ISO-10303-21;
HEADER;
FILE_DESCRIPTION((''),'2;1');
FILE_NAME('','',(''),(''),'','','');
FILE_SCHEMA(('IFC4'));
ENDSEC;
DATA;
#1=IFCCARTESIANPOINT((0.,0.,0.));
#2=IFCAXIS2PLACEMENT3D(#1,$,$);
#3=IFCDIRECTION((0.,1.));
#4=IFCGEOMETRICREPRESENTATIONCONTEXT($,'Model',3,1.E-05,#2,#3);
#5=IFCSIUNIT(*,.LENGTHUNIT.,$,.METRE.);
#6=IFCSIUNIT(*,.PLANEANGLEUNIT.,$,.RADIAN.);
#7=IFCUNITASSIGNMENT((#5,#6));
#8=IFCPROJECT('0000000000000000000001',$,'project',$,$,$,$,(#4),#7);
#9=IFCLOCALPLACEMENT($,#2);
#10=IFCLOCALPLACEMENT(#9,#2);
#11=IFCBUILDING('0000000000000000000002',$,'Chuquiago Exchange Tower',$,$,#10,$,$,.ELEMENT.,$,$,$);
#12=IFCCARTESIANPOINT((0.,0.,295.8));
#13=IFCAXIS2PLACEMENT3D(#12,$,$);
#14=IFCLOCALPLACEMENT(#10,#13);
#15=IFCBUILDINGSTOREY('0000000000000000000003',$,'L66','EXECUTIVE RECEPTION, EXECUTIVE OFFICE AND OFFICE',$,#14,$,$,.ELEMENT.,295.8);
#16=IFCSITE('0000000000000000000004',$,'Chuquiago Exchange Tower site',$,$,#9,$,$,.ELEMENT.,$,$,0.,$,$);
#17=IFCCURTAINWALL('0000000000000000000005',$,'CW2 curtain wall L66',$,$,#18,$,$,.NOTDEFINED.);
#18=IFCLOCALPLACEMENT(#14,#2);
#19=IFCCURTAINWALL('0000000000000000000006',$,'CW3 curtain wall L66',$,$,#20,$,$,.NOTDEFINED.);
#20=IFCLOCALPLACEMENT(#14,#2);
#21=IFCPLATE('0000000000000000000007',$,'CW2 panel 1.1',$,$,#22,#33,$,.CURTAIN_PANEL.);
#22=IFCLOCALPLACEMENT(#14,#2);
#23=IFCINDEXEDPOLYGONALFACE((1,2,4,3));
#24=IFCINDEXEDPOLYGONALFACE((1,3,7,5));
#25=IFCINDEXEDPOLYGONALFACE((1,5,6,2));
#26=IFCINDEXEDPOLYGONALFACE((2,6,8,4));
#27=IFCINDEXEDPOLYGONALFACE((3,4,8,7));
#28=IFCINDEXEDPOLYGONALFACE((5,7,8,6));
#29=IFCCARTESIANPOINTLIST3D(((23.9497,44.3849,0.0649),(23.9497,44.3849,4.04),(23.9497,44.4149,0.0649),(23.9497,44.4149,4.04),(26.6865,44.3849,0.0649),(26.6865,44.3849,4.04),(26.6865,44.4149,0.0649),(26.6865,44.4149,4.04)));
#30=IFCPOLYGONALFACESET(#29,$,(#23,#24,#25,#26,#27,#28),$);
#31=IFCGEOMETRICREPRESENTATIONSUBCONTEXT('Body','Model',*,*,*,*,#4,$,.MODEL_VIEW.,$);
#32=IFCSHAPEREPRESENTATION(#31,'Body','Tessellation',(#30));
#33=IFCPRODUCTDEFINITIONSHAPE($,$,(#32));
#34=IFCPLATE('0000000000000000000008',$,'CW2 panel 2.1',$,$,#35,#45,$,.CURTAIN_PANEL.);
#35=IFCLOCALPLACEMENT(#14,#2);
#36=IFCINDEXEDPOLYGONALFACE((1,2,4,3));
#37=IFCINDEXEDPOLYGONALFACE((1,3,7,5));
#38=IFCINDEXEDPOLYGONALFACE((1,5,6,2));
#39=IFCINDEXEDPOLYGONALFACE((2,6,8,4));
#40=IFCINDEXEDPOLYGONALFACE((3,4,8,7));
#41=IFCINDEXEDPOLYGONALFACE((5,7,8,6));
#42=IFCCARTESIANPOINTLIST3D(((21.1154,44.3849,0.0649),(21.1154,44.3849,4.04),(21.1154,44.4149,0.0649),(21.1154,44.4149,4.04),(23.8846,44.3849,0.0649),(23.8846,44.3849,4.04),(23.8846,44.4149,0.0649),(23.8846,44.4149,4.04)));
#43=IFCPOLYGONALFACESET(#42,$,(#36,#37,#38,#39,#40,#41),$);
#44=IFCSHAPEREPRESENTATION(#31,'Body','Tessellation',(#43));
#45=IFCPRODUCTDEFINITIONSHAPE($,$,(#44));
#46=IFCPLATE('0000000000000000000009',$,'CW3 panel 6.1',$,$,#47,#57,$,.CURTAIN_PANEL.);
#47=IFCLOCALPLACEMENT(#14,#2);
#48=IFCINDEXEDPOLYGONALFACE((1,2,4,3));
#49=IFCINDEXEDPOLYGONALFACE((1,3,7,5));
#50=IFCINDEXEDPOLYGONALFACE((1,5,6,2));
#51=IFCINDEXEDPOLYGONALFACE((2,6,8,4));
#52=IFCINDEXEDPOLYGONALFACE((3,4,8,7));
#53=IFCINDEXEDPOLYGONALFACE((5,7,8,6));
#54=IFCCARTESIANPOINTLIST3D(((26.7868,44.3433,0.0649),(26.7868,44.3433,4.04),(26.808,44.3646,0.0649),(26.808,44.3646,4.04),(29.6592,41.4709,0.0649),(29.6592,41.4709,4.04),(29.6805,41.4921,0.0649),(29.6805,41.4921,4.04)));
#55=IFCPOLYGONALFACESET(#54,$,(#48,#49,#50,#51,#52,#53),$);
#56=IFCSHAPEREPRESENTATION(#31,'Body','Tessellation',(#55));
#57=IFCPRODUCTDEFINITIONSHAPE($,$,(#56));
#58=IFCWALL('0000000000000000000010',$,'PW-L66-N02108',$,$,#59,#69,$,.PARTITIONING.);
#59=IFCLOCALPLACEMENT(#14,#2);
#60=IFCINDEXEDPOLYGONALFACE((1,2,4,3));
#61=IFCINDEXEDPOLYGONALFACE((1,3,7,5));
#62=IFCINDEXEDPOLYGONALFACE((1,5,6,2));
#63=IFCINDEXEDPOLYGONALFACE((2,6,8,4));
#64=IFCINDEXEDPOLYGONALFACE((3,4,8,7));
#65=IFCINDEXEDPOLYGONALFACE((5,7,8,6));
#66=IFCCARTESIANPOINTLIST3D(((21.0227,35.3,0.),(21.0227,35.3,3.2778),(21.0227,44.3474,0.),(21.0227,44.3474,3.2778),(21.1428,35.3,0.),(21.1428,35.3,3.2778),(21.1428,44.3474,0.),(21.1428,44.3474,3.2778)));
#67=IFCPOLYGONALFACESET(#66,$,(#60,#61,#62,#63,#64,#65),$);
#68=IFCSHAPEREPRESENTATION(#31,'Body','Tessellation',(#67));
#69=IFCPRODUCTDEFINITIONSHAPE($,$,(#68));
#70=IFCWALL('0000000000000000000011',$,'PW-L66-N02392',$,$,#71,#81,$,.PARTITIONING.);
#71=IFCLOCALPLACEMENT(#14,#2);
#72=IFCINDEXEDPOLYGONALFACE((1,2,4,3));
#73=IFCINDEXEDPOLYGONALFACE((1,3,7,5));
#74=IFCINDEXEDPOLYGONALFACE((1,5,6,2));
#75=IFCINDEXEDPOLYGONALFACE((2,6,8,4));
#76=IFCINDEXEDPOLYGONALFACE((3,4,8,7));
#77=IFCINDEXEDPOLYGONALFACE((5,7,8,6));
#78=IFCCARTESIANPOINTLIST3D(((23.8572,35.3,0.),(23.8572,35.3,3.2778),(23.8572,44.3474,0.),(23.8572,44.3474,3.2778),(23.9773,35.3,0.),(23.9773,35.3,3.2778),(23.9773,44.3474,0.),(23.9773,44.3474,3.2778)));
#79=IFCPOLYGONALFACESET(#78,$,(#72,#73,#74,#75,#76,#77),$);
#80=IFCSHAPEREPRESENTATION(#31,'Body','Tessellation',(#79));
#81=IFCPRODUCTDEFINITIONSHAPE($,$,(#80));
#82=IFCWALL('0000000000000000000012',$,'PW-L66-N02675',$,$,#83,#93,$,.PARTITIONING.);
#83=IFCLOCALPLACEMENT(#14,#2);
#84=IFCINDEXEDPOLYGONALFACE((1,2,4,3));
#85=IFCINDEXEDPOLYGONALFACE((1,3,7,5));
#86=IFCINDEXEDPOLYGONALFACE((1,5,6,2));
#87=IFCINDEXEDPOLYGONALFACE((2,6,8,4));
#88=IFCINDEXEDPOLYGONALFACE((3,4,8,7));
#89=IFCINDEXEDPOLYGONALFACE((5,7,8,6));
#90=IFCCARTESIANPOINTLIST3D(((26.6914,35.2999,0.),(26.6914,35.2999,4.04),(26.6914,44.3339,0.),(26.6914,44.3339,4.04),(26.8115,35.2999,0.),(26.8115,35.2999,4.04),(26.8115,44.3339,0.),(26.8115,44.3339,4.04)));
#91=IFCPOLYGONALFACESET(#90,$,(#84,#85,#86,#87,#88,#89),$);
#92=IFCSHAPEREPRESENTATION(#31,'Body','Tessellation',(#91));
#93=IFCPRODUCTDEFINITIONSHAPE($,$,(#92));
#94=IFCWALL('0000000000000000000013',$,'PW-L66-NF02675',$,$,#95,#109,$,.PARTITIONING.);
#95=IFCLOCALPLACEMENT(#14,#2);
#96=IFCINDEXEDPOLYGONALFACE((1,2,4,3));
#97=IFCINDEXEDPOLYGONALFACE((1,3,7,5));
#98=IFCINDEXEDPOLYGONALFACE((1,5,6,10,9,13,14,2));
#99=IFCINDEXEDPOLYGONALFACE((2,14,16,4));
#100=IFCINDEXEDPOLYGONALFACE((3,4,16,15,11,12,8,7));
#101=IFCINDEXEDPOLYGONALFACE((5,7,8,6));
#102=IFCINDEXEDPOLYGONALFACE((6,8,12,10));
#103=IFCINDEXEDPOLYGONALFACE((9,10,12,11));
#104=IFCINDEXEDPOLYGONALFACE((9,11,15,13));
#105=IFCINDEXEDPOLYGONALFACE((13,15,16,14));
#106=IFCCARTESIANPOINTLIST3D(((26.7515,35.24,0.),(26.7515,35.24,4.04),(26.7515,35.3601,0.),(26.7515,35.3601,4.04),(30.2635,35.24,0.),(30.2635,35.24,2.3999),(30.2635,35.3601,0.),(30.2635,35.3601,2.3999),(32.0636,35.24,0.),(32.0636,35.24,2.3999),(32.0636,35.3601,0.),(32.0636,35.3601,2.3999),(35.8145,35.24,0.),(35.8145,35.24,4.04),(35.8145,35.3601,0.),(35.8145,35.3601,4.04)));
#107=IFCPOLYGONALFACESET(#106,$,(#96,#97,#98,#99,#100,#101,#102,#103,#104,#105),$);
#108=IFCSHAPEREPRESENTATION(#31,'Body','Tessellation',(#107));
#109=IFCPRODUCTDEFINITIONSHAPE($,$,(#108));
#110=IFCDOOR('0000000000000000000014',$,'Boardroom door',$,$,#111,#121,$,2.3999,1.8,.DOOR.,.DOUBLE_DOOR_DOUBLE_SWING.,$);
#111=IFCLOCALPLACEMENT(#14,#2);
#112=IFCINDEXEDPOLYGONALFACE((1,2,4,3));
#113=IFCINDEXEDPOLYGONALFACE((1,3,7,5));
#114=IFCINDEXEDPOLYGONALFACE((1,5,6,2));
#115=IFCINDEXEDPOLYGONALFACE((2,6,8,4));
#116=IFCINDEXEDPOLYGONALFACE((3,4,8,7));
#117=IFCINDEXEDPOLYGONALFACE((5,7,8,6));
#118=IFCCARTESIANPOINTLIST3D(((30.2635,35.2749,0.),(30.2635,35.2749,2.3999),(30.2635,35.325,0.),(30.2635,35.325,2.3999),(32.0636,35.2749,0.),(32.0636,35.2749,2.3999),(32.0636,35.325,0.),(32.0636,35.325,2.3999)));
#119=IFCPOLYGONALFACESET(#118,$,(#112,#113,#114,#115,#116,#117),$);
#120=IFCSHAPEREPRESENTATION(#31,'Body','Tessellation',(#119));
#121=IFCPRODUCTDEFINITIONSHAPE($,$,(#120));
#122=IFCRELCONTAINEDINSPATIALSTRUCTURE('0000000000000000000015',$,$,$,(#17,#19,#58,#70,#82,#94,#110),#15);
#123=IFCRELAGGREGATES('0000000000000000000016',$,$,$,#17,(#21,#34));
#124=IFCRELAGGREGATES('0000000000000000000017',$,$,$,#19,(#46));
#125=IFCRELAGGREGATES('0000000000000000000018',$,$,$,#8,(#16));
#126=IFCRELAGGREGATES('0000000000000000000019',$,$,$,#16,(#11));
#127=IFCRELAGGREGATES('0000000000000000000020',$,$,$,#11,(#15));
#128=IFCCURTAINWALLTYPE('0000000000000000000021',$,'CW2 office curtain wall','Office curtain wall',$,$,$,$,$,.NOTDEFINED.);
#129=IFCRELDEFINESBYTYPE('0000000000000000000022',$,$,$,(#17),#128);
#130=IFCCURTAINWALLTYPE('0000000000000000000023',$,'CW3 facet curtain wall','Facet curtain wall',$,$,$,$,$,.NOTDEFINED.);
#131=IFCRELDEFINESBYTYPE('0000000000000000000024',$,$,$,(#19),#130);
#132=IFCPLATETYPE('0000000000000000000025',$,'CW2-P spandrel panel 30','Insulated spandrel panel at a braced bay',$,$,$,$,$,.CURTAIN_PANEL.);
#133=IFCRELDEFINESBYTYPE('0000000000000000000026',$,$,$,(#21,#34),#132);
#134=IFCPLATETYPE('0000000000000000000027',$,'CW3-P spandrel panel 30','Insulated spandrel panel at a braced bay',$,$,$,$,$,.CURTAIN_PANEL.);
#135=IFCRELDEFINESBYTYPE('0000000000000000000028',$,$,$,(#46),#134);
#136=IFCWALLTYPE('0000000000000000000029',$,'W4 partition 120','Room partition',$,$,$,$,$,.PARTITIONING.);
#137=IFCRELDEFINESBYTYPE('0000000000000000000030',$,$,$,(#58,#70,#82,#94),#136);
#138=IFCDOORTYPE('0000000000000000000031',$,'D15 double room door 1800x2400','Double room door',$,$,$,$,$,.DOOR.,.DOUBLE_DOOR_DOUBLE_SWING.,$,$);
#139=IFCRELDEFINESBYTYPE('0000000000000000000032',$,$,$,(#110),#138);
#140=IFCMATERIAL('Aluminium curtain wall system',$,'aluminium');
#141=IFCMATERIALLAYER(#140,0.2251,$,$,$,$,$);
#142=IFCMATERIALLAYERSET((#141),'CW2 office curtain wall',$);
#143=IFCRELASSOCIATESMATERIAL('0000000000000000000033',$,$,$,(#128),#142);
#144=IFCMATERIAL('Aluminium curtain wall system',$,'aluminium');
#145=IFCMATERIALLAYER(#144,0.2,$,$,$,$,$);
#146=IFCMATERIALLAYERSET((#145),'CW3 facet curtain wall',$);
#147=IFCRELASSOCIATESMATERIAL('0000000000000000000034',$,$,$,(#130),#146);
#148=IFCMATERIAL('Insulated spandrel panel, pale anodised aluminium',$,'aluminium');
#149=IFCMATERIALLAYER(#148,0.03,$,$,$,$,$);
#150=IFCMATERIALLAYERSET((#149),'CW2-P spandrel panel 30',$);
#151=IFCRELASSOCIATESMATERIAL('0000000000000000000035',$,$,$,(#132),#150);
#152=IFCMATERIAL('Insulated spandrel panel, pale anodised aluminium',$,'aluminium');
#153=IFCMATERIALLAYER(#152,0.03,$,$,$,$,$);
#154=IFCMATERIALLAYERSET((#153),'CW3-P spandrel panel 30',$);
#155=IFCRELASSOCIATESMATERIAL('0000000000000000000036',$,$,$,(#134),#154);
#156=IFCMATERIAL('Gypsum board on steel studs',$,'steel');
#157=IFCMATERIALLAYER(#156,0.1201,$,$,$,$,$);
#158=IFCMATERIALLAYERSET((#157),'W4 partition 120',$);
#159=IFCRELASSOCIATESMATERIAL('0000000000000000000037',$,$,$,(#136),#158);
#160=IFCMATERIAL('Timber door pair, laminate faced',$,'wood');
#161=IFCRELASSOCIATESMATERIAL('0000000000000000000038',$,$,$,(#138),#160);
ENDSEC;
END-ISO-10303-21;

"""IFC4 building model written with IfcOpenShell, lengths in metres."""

from ifc_helpers import new_model, si_unit, direction, frame, frame_2d, origin, origin_2d, place, context, subcontext, project, spatial, rectangle, extrude, material, layer, layer_set, type_object, element, fill, aggregate, save


model = new_model("IFC4")

# Units and contexts
model_context = context("Model", 3, precision=1e-05, world=origin(), true_north=direction((0.0, 1.0)))
body_context = subcontext(model_context, "Body", "Model", "MODEL_VIEW")
ifc_project = project(units=[si_unit("LENGTHUNIT", "METRE"), si_unit("PLANEANGLEUNIT", "RADIAN")], contexts=[model_context])

# Site, building, storey
site_placement = place(None, origin())
site = spatial("IfcSite", under=ifc_project, at=site_placement, Name="Chuquiago Exchange Tower site", CompositionType="ELEMENT", RefElevation=0.0)
building_placement = place(site_placement, origin())
building = spatial("IfcBuilding", under=site, at=building_placement, Name="Chuquiago Exchange Tower", CompositionType="ELEMENT")
storey_placement = place(building_placement, frame((0.0, 0.0, 295.8)))
storey = spatial("IfcBuildingStorey", under=building, at=storey_placement, Name="L66", Description="EXECUTIVE RECEPTION, EXECUTIVE OFFICE AND OFFICE", CompositionType="ELEMENT", Elevation=295.8)

# Curtain walls
ifc_material_1 = material(Name="Aluminium curtain wall system", Category="aluminium")
ifc_layer_1 = layer(ifc_material_1, 0.2251)
ifc_layer_set_1 = layer_set([ifc_layer_1], Name="CW2 office curtain wall")
curtain_wall_type_1 = type_object("IfcCurtainWallType", Name="CW2 office curtain wall", Description="Office curtain wall", PredefinedType="NOTDEFINED", material=ifc_layer_set_1)
curtain_wall_1_placement = place(storey_placement, origin())
curtain_wall_1 = element("IfcCurtainWall", 1, at=curtain_wall_1_placement, inside=storey, type_object=curtain_wall_type_1, Name="CW2 curtain wall L66", PredefinedType="NOTDEFINED")
ifc_material_2 = material(Name="Aluminium curtain wall system", Category="aluminium")
ifc_layer_2 = layer(ifc_material_2, 0.2)
ifc_layer_set_2 = layer_set([ifc_layer_2], Name="CW3 facet curtain wall")
curtain_wall_type_2 = type_object("IfcCurtainWallType", Name="CW3 facet curtain wall", Description="Facet curtain wall", PredefinedType="NOTDEFINED", material=ifc_layer_set_2)
curtain_wall_2_placement = place(storey_placement, origin())
curtain_wall_2 = element("IfcCurtainWall", 2, at=curtain_wall_2_placement, inside=storey, type_object=curtain_wall_type_2, Name="CW3 curtain wall L66", PredefinedType="NOTDEFINED")

# Plates
ifc_material_3 = material(Name="Insulated spandrel panel, pale anodised aluminium", Category="aluminium")
ifc_layer_3 = layer(ifc_material_3, 0.03)
ifc_layer_set_3 = layer_set([ifc_layer_3], Name="CW2-P spandrel panel 30")
plate_type_1 = type_object("IfcPlateType", Name="CW2-P spandrel panel 30", Description="Insulated spandrel panel at a braced bay", PredefinedType="CURTAIN_PANEL", material=ifc_layer_set_3)
plate_1_placement = place(storey_placement, frame((25.3181, 44.3999, 0.0649), z_axis=(0.0, 0.0, 1.0), x_axis=(-1.0, 0.0, 0.0)))
plate_1 = element("IfcPlate", 3, at=plate_1_placement, type_object=plate_type_1, Name="CW2 panel 1.1", PredefinedType="CURTAIN_PANEL", context=body_context, shape_type="SweptSolid", body=[
    extrude(rectangle(XDim=2.7368, YDim=0.03, at=origin_2d()), origin(), (0.0, 0.0, 1.0), 3.9751),
])
plate_2_placement = place(storey_placement, frame((22.5, 44.3999, 0.0649), z_axis=(0.0, 0.0, 1.0), x_axis=(-1.0, 0.0, 0.0)))
plate_2 = element("IfcPlate", 4, at=plate_2_placement, type_object=plate_type_1, Name="CW2 panel 2.1", PredefinedType="CURTAIN_PANEL", context=body_context, shape_type="SweptSolid", body=[
    extrude(rectangle(XDim=2.7693, YDim=0.03, at=origin_2d()), origin(), (0.0, 0.0, 1.0), 3.9751),
])
aggregate(curtain_wall_1, [plate_1, plate_2])
ifc_material_4 = material(Name="Insulated spandrel panel, pale anodised aluminium", Category="aluminium")
ifc_layer_4 = layer(ifc_material_4, 0.03)
ifc_layer_set_4 = layer_set([ifc_layer_4], Name="CW3-P spandrel panel 30")
plate_type_2 = type_object("IfcPlateType", Name="CW3-P spandrel panel 30", Description="Insulated spandrel panel at a braced bay", PredefinedType="CURTAIN_PANEL", material=ifc_layer_set_4)
plate_3_placement = place(storey_placement, frame((28.2336, 42.9177, 0.0649), z_axis=(0.0, 0.0, 1.0), x_axis=(-0.707107, 0.707107, 0.0)))
plate_3 = element("IfcPlate", 5, at=plate_3_placement, type_object=plate_type_2, Name="CW3 panel 6.1", PredefinedType="CURTAIN_PANEL", context=body_context, shape_type="SweptSolid", body=[
    extrude(rectangle(XDim=4.0623, YDim=0.03, at=origin_2d()), origin(), (0.0, 0.0, 1.0), 3.9751),
])
aggregate(curtain_wall_2, [plate_3])

# Walls
ifc_material_5 = material(Name="Gypsum board on steel studs", Category="steel")
ifc_layer_5 = layer(ifc_material_5, 0.1201)
ifc_layer_set_5 = layer_set([ifc_layer_5], Name="W4 partition 120")
wall_type = type_object("IfcWallType", Name="W4 partition 120", Description="Room partition", PredefinedType="PARTITIONING", material=ifc_layer_set_5)
for number, where, z_axis, x_axis, name in (
    (6, (21.0828, 44.3474, 0.0), (0.0, 0.0, 1.0), (0.0, -1.0, 0.0), "PW-L66-N02108"),
    (7, (23.9172, 44.3474, 0.0), (0.0, 0.0, 1.0), (0.0, -1.0, 0.0), "PW-L66-N02392"),
):
    element("IfcWall", number, at=place(storey_placement, frame(where, z_axis=z_axis, x_axis=x_axis)), inside=storey, type_object=wall_type, Name=name, PredefinedType="PARTITIONING", context=body_context, shape_type="SweptSolid", body=[
        extrude(rectangle(XDim=9.0474, YDim=0.1201, at=frame_2d((4.5237, 0.0))), origin(), (0.0, 0.0, 1.0), 3.2778),
    ])
wall_1_placement = place(storey_placement, frame((26.7515, 44.334, 0.0), z_axis=(0.0, 0.0, 1.0), x_axis=(0.0, -1.0, 0.0)))
element("IfcWall", 8, at=wall_1_placement, inside=storey, type_object=wall_type, Name="PW-L66-N02675", PredefinedType="PARTITIONING", context=body_context, shape_type="SweptSolid", body=[
    extrude(rectangle(XDim=9.0339, YDim=0.1201, at=frame_2d((4.5171, 0.0))), origin(), (0.0, 0.0, 1.0), 4.04),
])

# Wall, opening, door
wall_2_placement = place(storey_placement, frame((26.7515, 35.3, 0.0), z_axis=(0.0, 0.0, 1.0), x_axis=(1.0, 0.0, 0.0)))
wall_2 = element("IfcWall", 9, at=wall_2_placement, inside=storey, type_object=wall_type, Name="PW-L66-NF02675", PredefinedType="PARTITIONING", context=body_context, shape_type="SweptSolid", body=[
    extrude(rectangle(XDim=9.063, YDim=0.1201, at=frame_2d((4.5315, 0.0))), origin(), (0.0, 0.0, 1.0), 4.04),
])
opening_1_placement = place(wall_2_placement, frame((3.5122, 0.0, 0.0)))
opening_1 = element("IfcOpeningElement", 10, at=opening_1_placement, cuts=wall_2, PredefinedType="OPENING", context=body_context, shape_type="SweptSolid", body=[
    extrude(rectangle(XDim=1.8, YDim=2.3999, at=frame_2d((0.8999, 1.2))), frame((0.0, 0.0701, 0.0), z_axis=(0.0, -1.0, 0.0), x_axis=(1.0, 0.0, 0.0)), (0.0, 0.0, 1.0), 0.1401),
])
ifc_material_6 = material(Name="Timber door pair, laminate faced", Category="wood")
door_type_1 = type_object("IfcDoorType", Name="D15 double room door 1800x2400", Description="Double room door", OperationType="DOUBLE_DOOR_DOUBLE_SWING", PredefinedType="DOOR", material=ifc_material_6)
door_1_placement = place(opening_1_placement, origin())
door_1 = element("IfcDoor", 11, at=door_1_placement, inside=storey, type_object=door_type_1, Name="Boardroom door", OperationType="DOUBLE_DOOR_DOUBLE_SWING", OverallHeight=2.3999, OverallWidth=1.8, PredefinedType="DOOR", context=body_context, shape_type="SweptSolid", body=[
    extrude(rectangle(XDim=1.8, YDim=2.3999, at=frame_2d((0.8999, 1.2))), frame((0.0, 0.0249, 0.0), z_axis=(0.0, -1.0, 0.0), x_axis=(1.0, 0.0, 0.0)), (0.0, 0.0, 1.0), 0.05),
])
fill(opening_1, door_1)

save(model, "model.ifc")
